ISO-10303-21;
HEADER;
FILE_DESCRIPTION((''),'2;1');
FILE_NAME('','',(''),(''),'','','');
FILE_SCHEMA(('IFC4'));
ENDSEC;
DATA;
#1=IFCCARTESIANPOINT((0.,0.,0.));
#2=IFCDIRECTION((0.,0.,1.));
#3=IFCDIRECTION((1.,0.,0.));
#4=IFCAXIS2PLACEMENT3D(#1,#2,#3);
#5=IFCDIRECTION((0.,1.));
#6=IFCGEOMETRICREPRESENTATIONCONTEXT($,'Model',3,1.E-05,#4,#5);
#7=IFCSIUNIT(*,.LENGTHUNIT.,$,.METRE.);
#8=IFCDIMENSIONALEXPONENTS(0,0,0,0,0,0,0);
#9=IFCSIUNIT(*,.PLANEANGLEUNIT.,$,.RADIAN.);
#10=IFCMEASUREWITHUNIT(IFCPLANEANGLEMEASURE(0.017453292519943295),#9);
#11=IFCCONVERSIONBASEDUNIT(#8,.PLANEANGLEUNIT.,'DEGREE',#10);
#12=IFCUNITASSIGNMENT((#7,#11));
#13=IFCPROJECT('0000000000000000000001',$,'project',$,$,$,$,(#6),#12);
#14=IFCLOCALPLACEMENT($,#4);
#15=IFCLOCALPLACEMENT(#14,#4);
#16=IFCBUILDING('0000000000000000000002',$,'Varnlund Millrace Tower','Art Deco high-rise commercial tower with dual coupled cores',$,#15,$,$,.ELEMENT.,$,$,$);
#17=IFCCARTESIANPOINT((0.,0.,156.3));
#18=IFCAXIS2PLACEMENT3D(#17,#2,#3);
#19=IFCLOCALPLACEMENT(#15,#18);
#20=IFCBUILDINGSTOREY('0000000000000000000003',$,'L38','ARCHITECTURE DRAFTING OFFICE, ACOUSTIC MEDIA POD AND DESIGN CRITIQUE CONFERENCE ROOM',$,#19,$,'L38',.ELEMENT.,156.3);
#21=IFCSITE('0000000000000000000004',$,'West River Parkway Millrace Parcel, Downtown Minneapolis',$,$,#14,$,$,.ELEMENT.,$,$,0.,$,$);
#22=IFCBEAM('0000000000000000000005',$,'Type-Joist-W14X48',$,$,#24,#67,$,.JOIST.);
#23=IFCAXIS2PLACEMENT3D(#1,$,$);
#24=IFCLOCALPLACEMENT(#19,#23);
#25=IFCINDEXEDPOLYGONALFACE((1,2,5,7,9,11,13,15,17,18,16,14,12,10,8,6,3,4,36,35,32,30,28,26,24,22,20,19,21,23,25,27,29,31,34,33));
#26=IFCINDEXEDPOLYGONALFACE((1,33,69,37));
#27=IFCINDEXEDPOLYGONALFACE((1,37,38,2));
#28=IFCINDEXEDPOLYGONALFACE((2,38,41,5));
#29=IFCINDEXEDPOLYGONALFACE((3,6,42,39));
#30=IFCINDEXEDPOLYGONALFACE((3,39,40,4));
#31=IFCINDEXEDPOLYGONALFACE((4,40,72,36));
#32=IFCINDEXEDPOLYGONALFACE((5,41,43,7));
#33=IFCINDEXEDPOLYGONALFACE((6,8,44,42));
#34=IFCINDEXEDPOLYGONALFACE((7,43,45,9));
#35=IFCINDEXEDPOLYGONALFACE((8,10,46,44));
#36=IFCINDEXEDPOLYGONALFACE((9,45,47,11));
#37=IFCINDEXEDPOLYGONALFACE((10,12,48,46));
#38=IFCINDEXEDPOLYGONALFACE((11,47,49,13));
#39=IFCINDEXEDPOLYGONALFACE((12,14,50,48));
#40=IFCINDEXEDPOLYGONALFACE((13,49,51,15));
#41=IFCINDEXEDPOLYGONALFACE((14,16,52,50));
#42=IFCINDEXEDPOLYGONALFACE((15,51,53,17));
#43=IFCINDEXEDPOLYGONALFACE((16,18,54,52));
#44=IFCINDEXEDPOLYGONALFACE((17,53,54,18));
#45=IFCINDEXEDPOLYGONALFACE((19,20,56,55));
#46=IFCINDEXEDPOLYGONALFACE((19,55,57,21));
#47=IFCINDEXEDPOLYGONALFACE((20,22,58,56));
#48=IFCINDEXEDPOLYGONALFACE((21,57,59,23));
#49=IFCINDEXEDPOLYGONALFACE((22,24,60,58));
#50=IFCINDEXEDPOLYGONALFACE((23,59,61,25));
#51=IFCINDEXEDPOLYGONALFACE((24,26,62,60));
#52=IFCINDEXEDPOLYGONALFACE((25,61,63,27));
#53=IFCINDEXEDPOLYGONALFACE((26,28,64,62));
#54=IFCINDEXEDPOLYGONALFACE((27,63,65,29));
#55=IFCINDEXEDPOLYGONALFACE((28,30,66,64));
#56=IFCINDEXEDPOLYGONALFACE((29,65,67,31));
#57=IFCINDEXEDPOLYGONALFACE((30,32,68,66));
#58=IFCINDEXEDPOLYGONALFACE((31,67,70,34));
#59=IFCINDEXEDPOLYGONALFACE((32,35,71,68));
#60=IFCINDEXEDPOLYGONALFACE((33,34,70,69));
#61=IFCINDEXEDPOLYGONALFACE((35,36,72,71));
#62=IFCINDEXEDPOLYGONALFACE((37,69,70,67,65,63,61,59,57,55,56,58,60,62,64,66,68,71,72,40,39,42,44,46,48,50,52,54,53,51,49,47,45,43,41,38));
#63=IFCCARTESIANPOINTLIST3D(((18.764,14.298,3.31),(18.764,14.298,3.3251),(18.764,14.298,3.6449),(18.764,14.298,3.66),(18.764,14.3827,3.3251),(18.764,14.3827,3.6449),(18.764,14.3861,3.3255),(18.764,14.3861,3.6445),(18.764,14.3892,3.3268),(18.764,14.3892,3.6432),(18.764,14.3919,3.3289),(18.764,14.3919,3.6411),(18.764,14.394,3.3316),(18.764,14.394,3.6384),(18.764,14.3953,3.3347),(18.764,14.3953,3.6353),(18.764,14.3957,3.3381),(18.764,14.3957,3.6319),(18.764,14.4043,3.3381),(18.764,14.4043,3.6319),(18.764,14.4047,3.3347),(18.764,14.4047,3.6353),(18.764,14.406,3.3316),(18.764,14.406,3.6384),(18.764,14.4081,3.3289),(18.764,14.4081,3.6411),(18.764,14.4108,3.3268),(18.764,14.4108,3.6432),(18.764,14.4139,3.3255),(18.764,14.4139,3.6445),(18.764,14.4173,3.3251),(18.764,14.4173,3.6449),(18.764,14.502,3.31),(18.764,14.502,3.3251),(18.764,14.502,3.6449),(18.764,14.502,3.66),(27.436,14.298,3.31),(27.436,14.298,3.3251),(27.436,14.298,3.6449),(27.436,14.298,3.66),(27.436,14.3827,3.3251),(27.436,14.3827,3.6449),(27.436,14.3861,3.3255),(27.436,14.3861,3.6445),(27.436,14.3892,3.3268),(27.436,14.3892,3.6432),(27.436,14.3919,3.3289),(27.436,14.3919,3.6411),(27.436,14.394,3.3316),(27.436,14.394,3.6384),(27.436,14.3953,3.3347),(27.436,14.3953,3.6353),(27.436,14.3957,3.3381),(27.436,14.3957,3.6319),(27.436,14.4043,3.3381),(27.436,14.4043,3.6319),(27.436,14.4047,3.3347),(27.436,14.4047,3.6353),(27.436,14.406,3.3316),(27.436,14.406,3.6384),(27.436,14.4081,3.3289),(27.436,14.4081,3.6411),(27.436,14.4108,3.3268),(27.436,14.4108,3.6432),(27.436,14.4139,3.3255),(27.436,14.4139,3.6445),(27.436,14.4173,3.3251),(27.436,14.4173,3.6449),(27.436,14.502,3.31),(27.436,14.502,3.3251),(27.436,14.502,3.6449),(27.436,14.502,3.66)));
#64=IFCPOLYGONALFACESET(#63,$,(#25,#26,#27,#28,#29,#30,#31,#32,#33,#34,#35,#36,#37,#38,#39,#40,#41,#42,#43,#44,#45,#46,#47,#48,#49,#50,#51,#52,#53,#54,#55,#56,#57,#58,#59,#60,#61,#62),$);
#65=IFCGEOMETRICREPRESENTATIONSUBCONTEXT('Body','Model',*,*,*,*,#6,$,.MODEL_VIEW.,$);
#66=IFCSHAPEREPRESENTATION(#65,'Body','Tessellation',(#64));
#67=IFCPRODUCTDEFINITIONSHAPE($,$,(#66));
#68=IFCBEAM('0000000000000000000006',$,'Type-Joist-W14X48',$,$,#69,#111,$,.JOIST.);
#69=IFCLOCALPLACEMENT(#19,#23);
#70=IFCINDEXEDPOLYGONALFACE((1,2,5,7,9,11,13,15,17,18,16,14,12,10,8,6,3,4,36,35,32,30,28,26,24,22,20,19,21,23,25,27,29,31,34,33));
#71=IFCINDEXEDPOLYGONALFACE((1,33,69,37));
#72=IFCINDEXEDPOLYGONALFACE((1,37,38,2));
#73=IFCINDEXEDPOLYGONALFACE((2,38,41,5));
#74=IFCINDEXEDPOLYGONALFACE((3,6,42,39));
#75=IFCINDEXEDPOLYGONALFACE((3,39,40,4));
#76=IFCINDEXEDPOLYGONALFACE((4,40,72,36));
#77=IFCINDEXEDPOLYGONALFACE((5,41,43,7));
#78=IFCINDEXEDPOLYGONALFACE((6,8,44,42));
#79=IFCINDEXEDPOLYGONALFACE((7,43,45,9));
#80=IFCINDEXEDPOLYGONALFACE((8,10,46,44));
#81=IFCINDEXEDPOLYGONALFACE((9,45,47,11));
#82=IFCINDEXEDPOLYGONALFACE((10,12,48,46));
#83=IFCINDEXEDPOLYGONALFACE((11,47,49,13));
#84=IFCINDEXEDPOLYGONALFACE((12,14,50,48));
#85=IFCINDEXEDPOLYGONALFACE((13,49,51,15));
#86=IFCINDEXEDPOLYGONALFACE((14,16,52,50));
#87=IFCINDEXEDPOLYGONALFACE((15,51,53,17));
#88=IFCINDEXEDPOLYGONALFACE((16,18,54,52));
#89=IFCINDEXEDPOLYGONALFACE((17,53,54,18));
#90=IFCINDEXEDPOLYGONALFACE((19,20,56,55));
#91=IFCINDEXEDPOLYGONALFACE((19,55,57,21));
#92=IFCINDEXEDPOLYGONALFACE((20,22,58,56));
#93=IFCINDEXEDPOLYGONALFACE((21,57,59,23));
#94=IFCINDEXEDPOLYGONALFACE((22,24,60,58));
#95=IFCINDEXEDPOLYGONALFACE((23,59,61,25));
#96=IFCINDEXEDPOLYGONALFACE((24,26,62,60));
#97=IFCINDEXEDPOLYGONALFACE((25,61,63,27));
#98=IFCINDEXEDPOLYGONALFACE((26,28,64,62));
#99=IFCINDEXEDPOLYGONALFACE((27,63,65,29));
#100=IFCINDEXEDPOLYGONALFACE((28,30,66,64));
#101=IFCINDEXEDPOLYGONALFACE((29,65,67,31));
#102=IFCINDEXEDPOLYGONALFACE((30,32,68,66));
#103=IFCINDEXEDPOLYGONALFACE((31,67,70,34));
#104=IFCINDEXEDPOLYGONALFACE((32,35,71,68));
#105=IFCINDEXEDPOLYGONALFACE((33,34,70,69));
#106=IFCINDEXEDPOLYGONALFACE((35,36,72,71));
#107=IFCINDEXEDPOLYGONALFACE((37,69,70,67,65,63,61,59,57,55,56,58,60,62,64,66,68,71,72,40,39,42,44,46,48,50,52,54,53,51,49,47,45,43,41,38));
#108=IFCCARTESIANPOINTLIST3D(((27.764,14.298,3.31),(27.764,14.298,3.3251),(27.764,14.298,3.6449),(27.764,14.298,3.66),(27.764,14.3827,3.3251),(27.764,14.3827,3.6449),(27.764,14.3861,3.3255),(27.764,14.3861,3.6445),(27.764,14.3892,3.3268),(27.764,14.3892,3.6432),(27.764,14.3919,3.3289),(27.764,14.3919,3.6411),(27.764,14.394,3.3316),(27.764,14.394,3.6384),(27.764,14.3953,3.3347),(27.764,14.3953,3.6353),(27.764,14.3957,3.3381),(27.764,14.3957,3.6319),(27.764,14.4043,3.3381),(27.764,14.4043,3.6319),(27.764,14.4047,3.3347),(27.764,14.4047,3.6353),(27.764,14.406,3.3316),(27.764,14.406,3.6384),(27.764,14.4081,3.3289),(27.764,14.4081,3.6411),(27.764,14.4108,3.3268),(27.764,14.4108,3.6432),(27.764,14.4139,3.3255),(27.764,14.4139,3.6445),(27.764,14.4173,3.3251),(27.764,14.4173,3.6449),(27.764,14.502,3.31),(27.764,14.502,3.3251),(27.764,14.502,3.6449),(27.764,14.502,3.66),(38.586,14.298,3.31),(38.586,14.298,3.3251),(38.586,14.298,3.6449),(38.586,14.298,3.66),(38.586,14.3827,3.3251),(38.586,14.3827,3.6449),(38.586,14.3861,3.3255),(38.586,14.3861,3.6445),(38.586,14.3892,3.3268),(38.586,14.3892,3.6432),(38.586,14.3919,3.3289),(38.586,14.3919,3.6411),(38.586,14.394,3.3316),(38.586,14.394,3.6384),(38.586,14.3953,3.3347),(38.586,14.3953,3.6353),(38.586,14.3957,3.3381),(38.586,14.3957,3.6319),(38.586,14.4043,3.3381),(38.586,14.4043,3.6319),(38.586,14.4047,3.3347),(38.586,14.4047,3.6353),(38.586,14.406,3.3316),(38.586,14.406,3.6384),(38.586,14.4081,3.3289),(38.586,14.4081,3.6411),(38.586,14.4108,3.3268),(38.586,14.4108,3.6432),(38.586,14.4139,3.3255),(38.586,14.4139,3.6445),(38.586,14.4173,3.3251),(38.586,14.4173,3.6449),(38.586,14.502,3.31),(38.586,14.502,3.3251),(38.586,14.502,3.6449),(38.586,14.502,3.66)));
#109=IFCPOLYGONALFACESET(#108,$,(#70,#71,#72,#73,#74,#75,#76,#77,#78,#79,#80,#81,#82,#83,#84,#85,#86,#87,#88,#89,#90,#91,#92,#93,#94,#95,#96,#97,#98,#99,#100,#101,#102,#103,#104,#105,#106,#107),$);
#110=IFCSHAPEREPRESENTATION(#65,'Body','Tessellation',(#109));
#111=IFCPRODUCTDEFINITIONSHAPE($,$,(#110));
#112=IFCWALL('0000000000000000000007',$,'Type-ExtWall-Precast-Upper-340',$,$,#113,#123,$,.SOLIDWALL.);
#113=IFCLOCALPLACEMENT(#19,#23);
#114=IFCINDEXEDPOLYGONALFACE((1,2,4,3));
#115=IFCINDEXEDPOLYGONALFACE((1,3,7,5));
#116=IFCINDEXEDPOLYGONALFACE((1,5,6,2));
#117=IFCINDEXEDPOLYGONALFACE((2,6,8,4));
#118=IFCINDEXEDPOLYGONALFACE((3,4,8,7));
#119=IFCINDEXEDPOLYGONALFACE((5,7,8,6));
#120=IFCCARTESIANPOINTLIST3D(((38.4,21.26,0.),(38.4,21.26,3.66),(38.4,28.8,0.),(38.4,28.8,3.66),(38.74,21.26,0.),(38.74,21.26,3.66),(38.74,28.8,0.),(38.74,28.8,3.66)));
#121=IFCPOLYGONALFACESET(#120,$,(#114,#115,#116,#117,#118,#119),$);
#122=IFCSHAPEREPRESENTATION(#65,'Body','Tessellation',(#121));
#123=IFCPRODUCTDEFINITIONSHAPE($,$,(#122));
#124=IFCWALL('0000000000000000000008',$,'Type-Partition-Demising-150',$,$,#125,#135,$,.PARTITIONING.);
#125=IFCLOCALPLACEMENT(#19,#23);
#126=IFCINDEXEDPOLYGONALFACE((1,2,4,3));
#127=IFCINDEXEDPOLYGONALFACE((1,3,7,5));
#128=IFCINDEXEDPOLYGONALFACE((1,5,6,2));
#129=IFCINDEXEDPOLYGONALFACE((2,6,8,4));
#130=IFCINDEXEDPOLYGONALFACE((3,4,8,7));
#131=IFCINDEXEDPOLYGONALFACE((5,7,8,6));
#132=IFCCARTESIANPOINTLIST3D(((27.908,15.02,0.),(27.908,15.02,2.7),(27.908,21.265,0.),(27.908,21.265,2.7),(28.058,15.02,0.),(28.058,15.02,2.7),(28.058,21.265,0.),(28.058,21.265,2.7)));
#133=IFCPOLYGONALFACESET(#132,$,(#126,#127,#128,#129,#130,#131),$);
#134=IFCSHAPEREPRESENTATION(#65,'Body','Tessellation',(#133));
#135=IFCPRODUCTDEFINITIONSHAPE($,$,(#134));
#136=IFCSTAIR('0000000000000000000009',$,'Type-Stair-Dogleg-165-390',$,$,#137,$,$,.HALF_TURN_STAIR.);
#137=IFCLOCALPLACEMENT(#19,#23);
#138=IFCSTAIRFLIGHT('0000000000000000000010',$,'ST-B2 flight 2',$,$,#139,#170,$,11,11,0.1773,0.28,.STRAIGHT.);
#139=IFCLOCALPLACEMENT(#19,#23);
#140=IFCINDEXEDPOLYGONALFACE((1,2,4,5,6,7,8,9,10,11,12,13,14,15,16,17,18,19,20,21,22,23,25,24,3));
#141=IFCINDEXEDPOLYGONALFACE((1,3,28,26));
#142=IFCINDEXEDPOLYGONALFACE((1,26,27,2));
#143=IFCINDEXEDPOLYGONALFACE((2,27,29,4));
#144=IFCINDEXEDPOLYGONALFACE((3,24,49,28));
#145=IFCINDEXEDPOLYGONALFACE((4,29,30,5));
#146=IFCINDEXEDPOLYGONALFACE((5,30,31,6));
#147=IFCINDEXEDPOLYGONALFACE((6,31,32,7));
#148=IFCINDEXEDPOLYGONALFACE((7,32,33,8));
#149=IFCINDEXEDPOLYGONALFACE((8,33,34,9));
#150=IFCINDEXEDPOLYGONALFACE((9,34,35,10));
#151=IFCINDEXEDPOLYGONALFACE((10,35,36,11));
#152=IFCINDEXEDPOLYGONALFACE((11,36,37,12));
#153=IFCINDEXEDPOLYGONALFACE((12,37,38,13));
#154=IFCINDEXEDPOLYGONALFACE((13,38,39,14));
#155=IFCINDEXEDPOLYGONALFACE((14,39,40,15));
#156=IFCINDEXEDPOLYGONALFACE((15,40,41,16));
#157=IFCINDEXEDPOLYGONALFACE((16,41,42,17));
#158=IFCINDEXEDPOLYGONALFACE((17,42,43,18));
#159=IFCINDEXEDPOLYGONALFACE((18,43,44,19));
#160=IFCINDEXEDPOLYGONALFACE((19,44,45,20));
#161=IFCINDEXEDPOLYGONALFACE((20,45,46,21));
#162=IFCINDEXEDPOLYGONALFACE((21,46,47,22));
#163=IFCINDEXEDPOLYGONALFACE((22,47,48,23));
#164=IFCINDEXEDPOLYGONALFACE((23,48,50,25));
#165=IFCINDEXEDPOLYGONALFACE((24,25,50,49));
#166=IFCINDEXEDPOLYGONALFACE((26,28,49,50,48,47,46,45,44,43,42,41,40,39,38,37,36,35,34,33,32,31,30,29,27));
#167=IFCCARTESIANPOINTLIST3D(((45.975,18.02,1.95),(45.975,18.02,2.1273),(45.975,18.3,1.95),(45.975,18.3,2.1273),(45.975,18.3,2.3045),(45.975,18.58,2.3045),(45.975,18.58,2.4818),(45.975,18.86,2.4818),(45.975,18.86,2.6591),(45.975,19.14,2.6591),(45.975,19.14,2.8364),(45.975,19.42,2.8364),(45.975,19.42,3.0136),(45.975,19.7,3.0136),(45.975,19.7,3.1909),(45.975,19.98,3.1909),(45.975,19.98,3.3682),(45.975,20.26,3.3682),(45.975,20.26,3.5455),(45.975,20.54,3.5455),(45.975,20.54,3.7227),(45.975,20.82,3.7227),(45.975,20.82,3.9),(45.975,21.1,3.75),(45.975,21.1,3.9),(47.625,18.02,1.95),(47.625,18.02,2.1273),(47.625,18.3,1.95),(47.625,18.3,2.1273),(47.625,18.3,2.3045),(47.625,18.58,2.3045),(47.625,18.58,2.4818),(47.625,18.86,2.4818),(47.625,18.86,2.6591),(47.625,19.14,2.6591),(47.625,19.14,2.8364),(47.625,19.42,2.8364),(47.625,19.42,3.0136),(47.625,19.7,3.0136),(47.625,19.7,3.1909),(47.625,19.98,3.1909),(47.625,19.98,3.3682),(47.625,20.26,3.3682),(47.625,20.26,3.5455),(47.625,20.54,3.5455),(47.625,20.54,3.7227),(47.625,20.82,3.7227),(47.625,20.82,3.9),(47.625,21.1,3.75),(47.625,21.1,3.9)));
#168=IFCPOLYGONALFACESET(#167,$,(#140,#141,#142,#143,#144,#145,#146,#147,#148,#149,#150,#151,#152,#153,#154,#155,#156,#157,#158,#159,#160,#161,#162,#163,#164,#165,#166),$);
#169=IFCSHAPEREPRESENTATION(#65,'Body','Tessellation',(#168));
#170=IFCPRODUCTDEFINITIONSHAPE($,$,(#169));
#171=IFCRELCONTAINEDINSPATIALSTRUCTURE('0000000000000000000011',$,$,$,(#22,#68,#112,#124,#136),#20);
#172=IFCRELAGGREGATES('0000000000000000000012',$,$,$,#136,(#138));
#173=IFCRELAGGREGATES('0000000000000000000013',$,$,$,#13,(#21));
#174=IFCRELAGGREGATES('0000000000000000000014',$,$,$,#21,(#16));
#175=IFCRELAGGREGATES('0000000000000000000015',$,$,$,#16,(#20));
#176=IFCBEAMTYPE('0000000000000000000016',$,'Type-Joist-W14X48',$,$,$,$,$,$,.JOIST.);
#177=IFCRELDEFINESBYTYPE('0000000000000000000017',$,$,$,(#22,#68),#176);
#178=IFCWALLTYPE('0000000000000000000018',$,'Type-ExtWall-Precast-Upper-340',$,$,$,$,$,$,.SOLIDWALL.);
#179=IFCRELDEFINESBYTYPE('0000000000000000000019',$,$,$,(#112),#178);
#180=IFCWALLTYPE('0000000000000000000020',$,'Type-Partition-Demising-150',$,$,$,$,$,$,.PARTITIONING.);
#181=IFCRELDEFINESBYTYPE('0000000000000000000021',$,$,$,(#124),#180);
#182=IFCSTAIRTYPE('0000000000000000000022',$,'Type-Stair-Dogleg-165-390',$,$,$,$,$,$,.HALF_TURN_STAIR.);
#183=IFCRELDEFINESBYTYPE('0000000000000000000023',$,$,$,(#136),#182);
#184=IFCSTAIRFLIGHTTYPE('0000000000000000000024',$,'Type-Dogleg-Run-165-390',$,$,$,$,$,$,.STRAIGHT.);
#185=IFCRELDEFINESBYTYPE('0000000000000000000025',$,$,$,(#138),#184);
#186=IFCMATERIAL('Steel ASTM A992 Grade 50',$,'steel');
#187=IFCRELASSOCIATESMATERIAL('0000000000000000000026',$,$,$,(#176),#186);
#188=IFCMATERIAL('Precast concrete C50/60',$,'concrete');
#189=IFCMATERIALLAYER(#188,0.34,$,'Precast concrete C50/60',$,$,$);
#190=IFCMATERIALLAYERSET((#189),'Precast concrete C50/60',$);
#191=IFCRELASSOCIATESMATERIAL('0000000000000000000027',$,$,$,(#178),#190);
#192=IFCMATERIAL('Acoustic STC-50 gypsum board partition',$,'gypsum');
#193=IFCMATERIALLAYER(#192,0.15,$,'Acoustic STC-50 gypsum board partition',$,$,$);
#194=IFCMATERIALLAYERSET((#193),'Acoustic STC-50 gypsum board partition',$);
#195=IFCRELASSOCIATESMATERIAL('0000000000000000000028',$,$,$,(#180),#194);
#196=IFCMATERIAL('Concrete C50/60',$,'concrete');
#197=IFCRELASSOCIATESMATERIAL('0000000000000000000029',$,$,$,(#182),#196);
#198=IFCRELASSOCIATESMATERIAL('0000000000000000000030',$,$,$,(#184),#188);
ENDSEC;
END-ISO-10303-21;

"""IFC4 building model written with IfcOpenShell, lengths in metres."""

from ifc_helpers import new_model, entity, si_unit, converted_unit, direction, frame, origin_with_axes, origin_2d_with_axis, place, context, subcontext, project, spatial, polyline, i_section, outline, extrude, material, layer, layer_set, material_profile, profile_set, type_object, element, aggregate, save


model = new_model("IFC4")

# Units and contexts
model_context = context("Model", 3, precision=1e-05, world=origin_with_axes(), true_north=direction((0.0, 1.0)))
body_context = subcontext(model_context, "Body", "Model", "MODEL_VIEW")
ifc_project = project(units=[si_unit("LENGTHUNIT", "METRE"), converted_unit("PLANEANGLEUNIT", "DEGREE", entity("IfcPlaneAngleMeasure", 0.017453292519943295), si_unit("PLANEANGLEUNIT", "RADIAN"), dimensions=[0, 0, 0, 0, 0, 0, 0])], contexts=[model_context])

# Site, building, storey
site_placement = place(None, origin_with_axes())
site = spatial("IfcSite", under=ifc_project, at=site_placement, Name="West River Parkway Millrace Parcel, Downtown Minneapolis", CompositionType="ELEMENT", RefElevation=0.0)
building_placement = place(site_placement, origin_with_axes())
building = spatial("IfcBuilding", under=site, at=building_placement, Name="Varnlund Millrace Tower", Description="Art Deco high-rise commercial tower with dual coupled cores", CompositionType="ELEMENT")
storey_placement = place(building_placement, frame((0.0, 0.0, 156.3), z_axis=(0.0, 0.0, 1.0), x_axis=(1.0, 0.0, 0.0)))
storey = spatial("IfcBuildingStorey", under=building, at=storey_placement, Name="L38", Description="ARCHITECTURE DRAFTING OFFICE, ACOUSTIC MEDIA POD AND DESIGN CRITIQUE CONFERENCE ROOM", LongName="L38", CompositionType="ELEMENT", Elevation=156.3)

# Beams
ifc_material_1 = material(Name="Steel ASTM A992 Grade 50", Category="steel")
ifc_material_profile_1 = material_profile(ifc_material_1, i_section(OverallWidth=0.204, OverallDepth=0.35, WebThickness=0.0086, FlangeThickness=0.0151, FilletRadius=0.013, at=origin_2d_with_axis()), Name="Steel ASTM A992 Grade 50")
ifc_profile_set_1 = profile_set([ifc_material_profile_1], Name="Steel ASTM A992 Grade 50")
beam_type_1 = type_object("IfcBeamType", Name="Type-Joist-W14X48", PredefinedType="JOIST", material=ifc_profile_set_1)
beam_1_placement = place(storey_placement, frame((18.764, 14.4, 3.485), z_axis=(1.0, 0.0, 0.0), x_axis=(0.0, 1.0, 0.0)))
element("IfcBeam", 1, at=beam_1_placement, inside=storey, type_object=beam_type_1, Name="Type-Joist-W14X48", PredefinedType="JOIST", context=body_context, shape_type="SweptSolid", body=[
    extrude(i_section(OverallWidth=0.204, OverallDepth=0.35, WebThickness=0.0086, FlangeThickness=0.0151, FilletRadius=0.013, at=origin_2d_with_axis()), origin_with_axes(), (0.0, 0.0, 1.0), 8.672),
])
beam_2_placement = place(storey_placement, frame((27.764, 14.4, 3.485), z_axis=(1.0, 0.0, 0.0), x_axis=(0.0, 1.0, 0.0)))
element("IfcBeam", 2, at=beam_2_placement, inside=storey, type_object=beam_type_1, Name="Type-Joist-W14X48", PredefinedType="JOIST", context=body_context, shape_type="SweptSolid", body=[
    extrude(i_section(OverallWidth=0.204, OverallDepth=0.35, WebThickness=0.0086, FlangeThickness=0.0151, FilletRadius=0.013, at=origin_2d_with_axis()), origin_with_axes(), (0.0, 0.0, 1.0), 10.822),
])

# Walls
ifc_material_2 = material(Name="Precast concrete C50/60", Category="concrete")
ifc_layer_1 = layer(ifc_material_2, 0.34, Name="Precast concrete C50/60")
ifc_layer_set_1 = layer_set([ifc_layer_1], Name="Precast concrete C50/60")
wall_type_1 = type_object("IfcWallType", Name="Type-ExtWall-Precast-Upper-340", PredefinedType="SOLIDWALL", material=ifc_layer_set_1)
wall_1_placement = place(storey_placement, frame((38.57, 21.26, 0.0), z_axis=(0.0, 0.0, 1.0), x_axis=(0.0, 1.0, 0.0)))
element("IfcWall", 3, at=wall_1_placement, inside=storey, type_object=wall_type_1, Name="Type-ExtWall-Precast-Upper-340", PredefinedType="SOLIDWALL", context=body_context, shape_type="SweptSolid", body=[
    extrude(outline(polyline([(0.0, -0.17), (7.54, -0.17), (7.54, 0.17), (0.0, 0.17), (0.0, -0.17)])), origin_with_axes(), (0.0, 0.0, 1.0), 3.66),
])
ifc_material_3 = material(Name="Acoustic STC-50 gypsum board partition", Category="gypsum")
ifc_layer_2 = layer(ifc_material_3, 0.15, Name="Acoustic STC-50 gypsum board partition")
ifc_layer_set_2 = layer_set([ifc_layer_2], Name="Acoustic STC-50 gypsum board partition")
wall_type_2 = type_object("IfcWallType", Name="Type-Partition-Demising-150", PredefinedType="PARTITIONING", material=ifc_layer_set_2)
wall_2_placement = place(storey_placement, frame((27.983, 15.02, 0.0), z_axis=(0.0, 0.0, 1.0), x_axis=(0.0, 1.0, 0.0)))
element("IfcWall", 4, at=wall_2_placement, inside=storey, type_object=wall_type_2, Name="Type-Partition-Demising-150", PredefinedType="PARTITIONING", context=body_context, shape_type="SweptSolid", body=[
    extrude(outline(polyline([(0.0, -0.075), (6.245, -0.075), (6.245, 0.075), (0.0, 0.075), (0.0, -0.075)])), origin_with_axes(), (0.0, 0.0, 1.0), 2.7),
])

# Stair, stair flight
ifc_material_4 = material(Name="Concrete C50/60", Category="concrete")
stair_type = type_object("IfcStairType", Name="Type-Stair-Dogleg-165-390", PredefinedType="HALF_TURN_STAIR", material=ifc_material_4)
stair_placement = place(storey_placement, origin_with_axes())
stair = element("IfcStair", 5, at=stair_placement, inside=storey, type_object=stair_type, Name="Type-Stair-Dogleg-165-390", PredefinedType="HALF_TURN_STAIR")
stair_flight_type = type_object("IfcStairFlightType", Name="Type-Dogleg-Run-165-390", PredefinedType="STRAIGHT", material=ifc_material_2)
stair_flight_placement = place(storey_placement, frame((45.975, 18.02, 1.95), z_axis=(1.0, 0.0, 0.0), x_axis=(0.0, 1.0, 0.0)))
stair_flight = element("IfcStairFlight", 6, at=stair_flight_placement, type_object=stair_flight_type, Name="ST-B2 flight 2", NumberOfRisers=11, NumberOfTreads=11, PredefinedType="STRAIGHT", RiserHeight=0.1773, TreadLength=0.28, context=body_context, shape_type="SweptSolid", body=[
    extrude(outline(polyline([(0.0, 0.0), (0.0, 0.1773), (0.28, 0.1773), (0.28, 0.3545), (0.56, 0.3545), (0.56, 0.5318), (0.84, 0.5318), (0.84, 0.7091), (1.12, 0.7091), (1.12, 0.8864), (1.4, 0.8864), (1.4, 1.0636), (1.68, 1.0636), (1.68, 1.2409), (1.96, 1.2409), (1.96, 1.4182), (2.24, 1.4182), (2.24, 1.5955), (2.52, 1.5955), (2.52, 1.7727), (2.8, 1.7727), (2.8, 1.95), (3.08, 1.95), (3.08, 1.8), (0.28, 0.0), (0.0, 0.0)])), origin_with_axes(), (0.0, 0.0, 1.0), 1.65),
])
aggregate(stair, [stair_flight])

save(model, "model.ifc")
